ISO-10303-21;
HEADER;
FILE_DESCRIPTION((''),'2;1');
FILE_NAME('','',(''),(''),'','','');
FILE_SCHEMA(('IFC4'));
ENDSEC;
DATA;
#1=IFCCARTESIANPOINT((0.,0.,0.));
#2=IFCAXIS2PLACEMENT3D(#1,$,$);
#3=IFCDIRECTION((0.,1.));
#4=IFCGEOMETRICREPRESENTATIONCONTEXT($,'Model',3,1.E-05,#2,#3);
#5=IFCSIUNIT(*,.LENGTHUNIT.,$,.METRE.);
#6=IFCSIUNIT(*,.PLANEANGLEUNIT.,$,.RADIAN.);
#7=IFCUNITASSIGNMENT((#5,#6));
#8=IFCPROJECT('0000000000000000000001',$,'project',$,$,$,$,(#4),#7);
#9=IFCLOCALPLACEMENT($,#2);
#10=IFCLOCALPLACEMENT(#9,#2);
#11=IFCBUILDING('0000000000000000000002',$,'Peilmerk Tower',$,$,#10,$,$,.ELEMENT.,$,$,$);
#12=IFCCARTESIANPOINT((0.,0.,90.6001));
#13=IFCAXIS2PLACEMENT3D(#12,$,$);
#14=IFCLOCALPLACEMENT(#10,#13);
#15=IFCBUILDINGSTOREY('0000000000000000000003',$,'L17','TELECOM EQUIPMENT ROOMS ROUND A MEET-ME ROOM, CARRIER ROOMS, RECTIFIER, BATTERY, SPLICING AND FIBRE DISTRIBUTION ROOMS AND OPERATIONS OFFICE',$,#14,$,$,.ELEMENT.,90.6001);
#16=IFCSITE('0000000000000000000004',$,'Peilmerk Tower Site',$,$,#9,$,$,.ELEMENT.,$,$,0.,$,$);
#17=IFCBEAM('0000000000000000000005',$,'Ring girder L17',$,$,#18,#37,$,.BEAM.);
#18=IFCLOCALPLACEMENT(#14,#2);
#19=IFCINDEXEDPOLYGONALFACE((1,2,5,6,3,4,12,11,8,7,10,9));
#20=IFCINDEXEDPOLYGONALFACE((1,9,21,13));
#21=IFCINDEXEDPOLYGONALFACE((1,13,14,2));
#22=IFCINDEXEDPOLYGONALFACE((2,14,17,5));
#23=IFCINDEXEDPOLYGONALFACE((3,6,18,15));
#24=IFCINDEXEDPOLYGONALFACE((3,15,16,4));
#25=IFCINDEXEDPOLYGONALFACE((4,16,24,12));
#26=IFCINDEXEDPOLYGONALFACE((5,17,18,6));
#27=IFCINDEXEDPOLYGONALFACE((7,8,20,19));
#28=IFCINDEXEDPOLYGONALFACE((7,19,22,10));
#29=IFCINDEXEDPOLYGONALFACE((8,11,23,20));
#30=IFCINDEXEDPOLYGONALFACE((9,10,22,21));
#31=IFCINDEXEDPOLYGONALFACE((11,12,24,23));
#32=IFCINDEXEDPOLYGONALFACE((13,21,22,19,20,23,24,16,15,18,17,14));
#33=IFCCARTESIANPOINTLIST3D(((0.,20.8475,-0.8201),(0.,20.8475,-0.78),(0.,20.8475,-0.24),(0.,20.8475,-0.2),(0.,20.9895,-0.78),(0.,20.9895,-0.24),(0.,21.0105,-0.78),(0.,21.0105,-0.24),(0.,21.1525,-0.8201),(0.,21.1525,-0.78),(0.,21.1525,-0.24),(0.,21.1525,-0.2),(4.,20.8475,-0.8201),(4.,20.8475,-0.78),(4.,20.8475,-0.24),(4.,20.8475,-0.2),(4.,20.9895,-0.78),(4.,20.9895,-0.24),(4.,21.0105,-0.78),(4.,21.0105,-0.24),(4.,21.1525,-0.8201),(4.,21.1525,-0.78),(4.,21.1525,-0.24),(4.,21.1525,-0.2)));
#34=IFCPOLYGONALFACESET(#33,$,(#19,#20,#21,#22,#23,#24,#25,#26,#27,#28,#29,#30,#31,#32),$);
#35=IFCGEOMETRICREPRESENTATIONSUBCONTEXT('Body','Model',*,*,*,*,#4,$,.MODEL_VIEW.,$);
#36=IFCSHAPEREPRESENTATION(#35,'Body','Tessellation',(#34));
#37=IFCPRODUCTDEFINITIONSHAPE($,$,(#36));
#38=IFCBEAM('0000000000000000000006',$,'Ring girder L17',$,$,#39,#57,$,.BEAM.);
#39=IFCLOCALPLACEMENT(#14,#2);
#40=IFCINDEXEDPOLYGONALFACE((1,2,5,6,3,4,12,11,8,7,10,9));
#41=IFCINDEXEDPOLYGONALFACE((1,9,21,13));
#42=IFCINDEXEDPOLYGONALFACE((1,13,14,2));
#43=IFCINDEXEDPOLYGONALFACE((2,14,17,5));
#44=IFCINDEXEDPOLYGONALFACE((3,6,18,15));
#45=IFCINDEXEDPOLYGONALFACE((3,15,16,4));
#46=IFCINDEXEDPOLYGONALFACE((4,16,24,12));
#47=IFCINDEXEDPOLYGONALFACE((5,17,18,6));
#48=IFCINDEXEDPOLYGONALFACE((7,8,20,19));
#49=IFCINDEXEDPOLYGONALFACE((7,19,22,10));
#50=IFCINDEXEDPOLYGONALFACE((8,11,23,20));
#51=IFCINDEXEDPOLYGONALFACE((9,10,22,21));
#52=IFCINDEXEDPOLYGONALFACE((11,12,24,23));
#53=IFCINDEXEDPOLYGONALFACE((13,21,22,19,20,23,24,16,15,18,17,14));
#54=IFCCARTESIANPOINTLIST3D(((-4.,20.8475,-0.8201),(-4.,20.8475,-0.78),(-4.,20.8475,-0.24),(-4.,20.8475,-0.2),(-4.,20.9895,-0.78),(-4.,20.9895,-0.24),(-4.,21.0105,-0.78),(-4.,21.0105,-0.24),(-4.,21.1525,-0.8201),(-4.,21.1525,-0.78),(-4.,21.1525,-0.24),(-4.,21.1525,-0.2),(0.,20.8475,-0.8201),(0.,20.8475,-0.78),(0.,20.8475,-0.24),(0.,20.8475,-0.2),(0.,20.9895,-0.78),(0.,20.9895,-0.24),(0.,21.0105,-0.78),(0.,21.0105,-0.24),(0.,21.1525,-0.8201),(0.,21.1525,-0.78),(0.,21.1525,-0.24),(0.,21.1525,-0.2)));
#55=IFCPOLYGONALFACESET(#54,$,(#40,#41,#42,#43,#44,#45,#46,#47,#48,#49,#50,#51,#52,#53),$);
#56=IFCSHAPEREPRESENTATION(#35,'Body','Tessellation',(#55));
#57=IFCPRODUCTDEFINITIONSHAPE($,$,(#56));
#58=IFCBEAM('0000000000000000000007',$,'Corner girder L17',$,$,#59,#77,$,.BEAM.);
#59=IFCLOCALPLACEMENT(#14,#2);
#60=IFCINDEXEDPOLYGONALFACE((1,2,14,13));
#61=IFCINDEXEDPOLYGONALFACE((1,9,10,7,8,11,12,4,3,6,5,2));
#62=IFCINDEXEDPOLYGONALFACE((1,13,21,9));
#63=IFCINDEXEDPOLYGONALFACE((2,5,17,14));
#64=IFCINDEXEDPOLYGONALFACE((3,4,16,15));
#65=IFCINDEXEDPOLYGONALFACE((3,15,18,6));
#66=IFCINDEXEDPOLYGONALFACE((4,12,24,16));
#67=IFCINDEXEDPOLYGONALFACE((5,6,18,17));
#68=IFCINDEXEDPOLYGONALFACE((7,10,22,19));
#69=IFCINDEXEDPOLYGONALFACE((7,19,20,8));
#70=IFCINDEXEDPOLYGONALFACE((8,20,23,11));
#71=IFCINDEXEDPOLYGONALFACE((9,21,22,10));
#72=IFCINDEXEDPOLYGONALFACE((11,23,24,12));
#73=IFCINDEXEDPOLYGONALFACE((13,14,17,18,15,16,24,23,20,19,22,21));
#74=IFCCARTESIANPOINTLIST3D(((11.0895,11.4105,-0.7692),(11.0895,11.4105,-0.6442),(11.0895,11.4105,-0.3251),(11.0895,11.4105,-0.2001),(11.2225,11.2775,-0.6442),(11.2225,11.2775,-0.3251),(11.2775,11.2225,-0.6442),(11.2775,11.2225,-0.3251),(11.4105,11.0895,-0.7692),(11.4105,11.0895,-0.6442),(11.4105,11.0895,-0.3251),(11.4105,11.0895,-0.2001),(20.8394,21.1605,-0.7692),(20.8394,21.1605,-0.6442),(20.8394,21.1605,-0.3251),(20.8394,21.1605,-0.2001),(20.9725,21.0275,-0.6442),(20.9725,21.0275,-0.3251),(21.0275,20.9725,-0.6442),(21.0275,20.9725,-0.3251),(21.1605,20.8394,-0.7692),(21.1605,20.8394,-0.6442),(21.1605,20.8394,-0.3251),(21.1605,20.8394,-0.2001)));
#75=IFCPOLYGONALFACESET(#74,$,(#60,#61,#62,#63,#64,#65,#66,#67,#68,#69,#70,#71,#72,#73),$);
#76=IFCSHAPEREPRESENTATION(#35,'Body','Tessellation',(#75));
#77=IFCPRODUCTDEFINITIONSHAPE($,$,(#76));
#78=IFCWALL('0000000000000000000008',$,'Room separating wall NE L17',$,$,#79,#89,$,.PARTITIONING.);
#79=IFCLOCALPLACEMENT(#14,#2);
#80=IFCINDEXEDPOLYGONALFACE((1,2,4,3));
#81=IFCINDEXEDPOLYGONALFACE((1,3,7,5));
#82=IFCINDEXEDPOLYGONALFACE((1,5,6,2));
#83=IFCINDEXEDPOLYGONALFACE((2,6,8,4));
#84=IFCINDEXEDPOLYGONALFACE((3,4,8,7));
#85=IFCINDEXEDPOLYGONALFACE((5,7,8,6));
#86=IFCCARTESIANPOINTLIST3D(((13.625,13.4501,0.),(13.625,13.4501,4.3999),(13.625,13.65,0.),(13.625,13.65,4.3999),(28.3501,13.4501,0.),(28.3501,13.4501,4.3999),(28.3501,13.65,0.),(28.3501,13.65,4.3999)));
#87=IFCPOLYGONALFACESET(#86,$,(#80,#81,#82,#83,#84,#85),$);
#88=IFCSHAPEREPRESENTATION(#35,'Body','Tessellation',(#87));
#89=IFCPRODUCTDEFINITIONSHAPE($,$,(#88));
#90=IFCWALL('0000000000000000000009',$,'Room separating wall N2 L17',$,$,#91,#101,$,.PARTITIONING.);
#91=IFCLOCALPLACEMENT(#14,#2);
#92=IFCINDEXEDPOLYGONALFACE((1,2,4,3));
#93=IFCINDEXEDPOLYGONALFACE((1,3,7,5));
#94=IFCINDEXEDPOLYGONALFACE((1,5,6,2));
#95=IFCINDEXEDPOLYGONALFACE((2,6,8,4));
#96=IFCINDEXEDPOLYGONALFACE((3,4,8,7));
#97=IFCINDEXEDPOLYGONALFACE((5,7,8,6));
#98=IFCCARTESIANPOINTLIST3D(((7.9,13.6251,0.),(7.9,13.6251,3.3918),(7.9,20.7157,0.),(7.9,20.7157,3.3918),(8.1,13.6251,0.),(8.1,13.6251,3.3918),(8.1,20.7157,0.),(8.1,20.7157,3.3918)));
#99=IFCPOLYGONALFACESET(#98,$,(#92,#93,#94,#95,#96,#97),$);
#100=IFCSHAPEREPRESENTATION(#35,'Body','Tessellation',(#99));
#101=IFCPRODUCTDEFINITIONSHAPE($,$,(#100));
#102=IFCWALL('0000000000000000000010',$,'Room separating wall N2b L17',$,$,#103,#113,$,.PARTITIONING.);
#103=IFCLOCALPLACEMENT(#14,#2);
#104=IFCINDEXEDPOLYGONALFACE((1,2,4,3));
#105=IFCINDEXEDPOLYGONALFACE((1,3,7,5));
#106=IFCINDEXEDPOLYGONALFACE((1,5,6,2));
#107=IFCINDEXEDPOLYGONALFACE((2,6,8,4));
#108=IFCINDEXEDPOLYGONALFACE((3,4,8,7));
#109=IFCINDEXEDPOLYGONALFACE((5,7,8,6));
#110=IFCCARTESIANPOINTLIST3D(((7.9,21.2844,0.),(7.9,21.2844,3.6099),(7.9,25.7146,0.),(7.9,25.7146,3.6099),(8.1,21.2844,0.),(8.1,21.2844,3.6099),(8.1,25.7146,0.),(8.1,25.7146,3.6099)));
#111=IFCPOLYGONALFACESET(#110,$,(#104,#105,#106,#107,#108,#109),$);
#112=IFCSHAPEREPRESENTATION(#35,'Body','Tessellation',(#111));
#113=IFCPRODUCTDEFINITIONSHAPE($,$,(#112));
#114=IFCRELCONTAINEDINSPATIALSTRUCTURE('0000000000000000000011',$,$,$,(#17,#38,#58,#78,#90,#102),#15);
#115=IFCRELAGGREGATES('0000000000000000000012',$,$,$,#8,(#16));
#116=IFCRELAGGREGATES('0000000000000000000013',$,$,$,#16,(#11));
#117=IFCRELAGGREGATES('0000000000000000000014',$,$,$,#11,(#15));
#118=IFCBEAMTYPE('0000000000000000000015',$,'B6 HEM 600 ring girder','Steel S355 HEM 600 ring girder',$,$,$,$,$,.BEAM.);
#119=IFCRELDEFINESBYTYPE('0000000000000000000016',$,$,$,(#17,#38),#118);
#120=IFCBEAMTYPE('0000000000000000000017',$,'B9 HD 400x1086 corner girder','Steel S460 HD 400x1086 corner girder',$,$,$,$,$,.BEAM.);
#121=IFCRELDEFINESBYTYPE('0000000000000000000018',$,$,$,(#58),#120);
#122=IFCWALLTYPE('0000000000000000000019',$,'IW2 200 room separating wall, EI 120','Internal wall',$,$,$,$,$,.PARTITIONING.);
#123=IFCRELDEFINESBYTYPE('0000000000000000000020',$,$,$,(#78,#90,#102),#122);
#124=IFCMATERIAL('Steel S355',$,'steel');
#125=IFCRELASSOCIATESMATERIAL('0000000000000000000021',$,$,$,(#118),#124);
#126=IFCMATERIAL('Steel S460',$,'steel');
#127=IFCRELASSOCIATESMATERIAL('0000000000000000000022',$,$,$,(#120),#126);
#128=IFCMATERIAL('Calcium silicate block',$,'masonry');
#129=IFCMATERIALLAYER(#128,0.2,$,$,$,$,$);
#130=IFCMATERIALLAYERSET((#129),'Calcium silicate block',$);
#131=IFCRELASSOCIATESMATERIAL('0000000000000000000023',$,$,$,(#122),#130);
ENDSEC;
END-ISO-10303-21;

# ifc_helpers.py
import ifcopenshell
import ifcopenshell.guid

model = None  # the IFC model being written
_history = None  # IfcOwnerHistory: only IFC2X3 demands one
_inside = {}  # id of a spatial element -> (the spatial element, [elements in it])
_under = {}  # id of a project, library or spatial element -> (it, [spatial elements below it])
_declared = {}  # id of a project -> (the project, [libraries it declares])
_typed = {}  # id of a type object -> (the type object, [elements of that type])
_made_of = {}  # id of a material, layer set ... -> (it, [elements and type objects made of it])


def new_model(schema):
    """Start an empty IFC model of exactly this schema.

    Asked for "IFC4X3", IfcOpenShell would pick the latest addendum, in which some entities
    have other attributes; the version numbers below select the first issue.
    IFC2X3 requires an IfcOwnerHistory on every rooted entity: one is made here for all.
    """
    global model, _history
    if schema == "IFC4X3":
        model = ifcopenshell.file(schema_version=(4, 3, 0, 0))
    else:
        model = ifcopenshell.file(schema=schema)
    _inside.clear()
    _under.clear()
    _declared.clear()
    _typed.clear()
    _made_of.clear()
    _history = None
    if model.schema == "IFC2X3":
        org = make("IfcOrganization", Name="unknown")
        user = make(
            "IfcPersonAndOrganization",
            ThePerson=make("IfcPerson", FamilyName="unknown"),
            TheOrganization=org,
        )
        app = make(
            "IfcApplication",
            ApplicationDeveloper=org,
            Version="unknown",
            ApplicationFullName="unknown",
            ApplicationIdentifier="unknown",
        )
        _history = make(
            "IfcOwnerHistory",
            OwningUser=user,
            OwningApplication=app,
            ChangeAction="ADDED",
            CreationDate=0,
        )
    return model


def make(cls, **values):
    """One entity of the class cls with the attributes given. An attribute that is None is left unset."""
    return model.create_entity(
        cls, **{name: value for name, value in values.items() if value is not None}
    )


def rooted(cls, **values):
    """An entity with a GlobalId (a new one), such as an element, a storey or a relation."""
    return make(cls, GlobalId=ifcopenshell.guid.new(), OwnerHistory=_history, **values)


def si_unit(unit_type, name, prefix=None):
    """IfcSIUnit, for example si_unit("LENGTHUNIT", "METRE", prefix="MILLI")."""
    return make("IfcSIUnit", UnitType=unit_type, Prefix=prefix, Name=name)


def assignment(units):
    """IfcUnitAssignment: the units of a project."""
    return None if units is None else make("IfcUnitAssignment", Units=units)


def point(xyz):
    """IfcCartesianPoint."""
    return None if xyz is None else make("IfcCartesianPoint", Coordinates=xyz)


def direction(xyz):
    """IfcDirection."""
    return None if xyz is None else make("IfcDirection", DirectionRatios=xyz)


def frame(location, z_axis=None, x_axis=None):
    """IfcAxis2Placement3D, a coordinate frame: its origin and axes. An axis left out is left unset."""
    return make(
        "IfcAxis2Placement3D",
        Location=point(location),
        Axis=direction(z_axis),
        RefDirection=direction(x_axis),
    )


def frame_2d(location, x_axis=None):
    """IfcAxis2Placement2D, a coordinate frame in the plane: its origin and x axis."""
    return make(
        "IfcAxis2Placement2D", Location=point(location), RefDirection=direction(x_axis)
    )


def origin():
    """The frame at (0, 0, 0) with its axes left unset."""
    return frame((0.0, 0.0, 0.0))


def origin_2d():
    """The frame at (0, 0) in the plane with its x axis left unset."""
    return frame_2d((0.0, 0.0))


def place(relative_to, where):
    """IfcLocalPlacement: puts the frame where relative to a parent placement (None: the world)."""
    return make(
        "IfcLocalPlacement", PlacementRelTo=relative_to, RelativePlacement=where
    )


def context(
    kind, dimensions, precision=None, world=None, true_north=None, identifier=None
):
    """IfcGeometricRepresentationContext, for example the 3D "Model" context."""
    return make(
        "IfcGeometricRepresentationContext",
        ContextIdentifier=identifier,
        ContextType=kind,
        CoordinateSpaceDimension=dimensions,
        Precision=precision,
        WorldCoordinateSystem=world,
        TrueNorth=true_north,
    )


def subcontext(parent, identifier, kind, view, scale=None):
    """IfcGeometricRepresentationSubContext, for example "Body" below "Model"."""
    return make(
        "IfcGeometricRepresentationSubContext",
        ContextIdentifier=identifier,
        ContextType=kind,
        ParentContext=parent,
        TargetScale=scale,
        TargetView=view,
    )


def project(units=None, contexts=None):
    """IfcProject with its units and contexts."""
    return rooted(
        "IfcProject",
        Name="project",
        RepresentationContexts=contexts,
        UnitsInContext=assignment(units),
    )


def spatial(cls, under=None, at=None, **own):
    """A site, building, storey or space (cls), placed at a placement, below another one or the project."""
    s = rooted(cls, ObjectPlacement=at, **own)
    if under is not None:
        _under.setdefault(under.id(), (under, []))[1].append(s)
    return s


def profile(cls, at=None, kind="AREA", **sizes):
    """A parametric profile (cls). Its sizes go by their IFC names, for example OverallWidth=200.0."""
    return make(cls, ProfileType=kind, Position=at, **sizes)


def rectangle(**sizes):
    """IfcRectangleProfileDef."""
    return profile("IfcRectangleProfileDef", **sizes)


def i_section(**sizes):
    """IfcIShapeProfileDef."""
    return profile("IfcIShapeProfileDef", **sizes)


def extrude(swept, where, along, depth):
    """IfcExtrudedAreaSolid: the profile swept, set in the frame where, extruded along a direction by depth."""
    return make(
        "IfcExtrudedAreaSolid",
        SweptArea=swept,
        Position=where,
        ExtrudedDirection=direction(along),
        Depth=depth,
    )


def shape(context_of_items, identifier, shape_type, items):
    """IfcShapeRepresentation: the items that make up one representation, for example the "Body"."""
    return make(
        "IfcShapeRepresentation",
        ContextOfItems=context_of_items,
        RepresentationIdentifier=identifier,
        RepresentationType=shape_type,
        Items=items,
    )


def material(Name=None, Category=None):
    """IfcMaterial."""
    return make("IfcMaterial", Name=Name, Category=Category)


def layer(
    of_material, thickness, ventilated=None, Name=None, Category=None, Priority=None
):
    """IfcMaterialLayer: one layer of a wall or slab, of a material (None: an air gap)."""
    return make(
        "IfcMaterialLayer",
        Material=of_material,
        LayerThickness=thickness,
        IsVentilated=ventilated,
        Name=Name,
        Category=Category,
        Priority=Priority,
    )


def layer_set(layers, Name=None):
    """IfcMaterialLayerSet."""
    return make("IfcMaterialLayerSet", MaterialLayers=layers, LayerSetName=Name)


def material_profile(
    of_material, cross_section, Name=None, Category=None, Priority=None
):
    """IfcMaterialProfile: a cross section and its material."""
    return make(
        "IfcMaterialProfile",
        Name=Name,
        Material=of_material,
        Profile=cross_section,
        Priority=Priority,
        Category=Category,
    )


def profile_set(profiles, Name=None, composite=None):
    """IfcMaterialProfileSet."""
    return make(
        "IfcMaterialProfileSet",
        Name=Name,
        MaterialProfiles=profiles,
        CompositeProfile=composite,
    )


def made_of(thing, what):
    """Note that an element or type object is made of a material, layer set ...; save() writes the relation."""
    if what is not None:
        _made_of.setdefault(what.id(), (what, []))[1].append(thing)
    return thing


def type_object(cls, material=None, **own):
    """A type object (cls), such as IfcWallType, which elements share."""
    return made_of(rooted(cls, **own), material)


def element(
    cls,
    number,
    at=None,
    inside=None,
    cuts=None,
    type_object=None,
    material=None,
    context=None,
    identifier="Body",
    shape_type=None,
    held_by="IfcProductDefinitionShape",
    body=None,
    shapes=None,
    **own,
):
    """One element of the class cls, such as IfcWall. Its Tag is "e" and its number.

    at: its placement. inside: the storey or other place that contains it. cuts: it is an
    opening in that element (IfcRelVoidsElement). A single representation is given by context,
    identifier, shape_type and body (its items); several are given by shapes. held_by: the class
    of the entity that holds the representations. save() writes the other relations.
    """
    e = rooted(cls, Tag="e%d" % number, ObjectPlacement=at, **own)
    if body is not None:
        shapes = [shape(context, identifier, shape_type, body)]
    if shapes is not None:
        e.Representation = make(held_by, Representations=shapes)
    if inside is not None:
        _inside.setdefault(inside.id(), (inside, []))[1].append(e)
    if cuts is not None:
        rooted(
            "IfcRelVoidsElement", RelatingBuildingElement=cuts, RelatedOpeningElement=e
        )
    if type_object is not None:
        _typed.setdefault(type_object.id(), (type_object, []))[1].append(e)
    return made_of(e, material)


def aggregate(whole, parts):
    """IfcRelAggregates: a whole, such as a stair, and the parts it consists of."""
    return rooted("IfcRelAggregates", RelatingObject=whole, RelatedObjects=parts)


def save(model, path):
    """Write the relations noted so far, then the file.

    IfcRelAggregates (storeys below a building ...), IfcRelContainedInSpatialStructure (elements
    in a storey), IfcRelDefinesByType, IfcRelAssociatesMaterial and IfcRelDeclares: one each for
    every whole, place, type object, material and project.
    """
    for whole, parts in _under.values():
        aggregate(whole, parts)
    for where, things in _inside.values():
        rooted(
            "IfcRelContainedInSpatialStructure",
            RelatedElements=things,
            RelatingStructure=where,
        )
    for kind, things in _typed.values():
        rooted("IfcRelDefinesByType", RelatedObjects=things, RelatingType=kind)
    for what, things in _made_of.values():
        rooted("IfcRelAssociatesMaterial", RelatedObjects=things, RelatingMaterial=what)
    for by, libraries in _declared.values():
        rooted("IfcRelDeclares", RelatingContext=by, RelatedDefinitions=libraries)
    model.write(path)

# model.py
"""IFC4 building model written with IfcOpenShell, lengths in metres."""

from ifc_helpers import new_model, si_unit, direction, frame, frame_2d, origin, origin_2d, place, context, subcontext, project, spatial, rectangle, i_section, extrude, material, layer, layer_set, material_profile, profile_set, type_object, element, save


model = new_model("IFC4")

# Units and contexts
model_context = context("Model", 3, precision=1e-05, world=origin(), true_north=direction((0.0, 1.0)))
body_context = subcontext(model_context, "Body", "Model", "MODEL_VIEW")
ifc_project = project(units=[si_unit("LENGTHUNIT", "METRE"), si_unit("PLANEANGLEUNIT", "RADIAN")], contexts=[model_context])

# Site, building, storey
site_placement = place(None, origin())
site = spatial("IfcSite", under=ifc_project, at=site_placement, Name="Peilmerk Tower Site", CompositionType="ELEMENT", RefElevation=0.0)
building_placement = place(site_placement, origin())
building = spatial("IfcBuilding", under=site, at=building_placement, Name="Peilmerk Tower", CompositionType="ELEMENT")
storey_placement = place(building_placement, frame((0.0, 0.0, 90.6001)))
storey = spatial("IfcBuildingStorey", under=building, at=storey_placement, Name="L17", Description="TELECOM EQUIPMENT ROOMS ROUND A MEET-ME ROOM, CARRIER ROOMS, RECTIFIER, BATTERY, SPLICING AND FIBRE DISTRIBUTION ROOMS AND OPERATIONS OFFICE", CompositionType="ELEMENT", Elevation=90.6001)

# Shared definitions
ifc_material_1 = material(Name="Steel S460", Category="steel")

# Beams
ifc_material_2 = material(Name="Steel S355", Category="steel")
ifc_material_profile_1 = material_profile(ifc_material_2, i_section(OverallWidth=0.3049, OverallDepth=0.6201, WebThickness=0.021, FlangeThickness=0.04, at=origin_2d()), Name="HEM 600")
ifc_profile_set_1 = profile_set([ifc_material_profile_1], Name="Steel S355")
beam_type_1 = type_object("IfcBeamType", Name="B6 HEM 600 ring girder", Description="Steel S355 HEM 600 ring girder", PredefinedType="BEAM", material=ifc_profile_set_1)
for number, where, z_axis, x_axis, name in (
    (1, (4.0, 21.0, -0.51), (-1.0, 0.0, 0.0), (0.0, -1.0, 0.0), "Ring girder L17"),
    (2, (0.0, 21.0, -0.51), (-1.0, 0.0, 0.0), (0.0, -1.0, 0.0), "Ring girder L17"),
):
    element("IfcBeam", number, at=place(storey_placement, frame(where, z_axis=z_axis, x_axis=x_axis)), inside=storey, type_object=beam_type_1, Name=name, PredefinedType="BEAM", context=body_context, shape_type="SweptSolid", body=[
        extrude(i_section(OverallWidth=0.3049, OverallDepth=0.6201, WebThickness=0.021, FlangeThickness=0.04, at=origin_2d()), origin(), (0.0, 0.0, 1.0), 4.0),
    ])
ifc_material_profile_2 = material_profile(ifc_material_1, i_section(OverallWidth=0.4541, OverallDepth=0.5691, WebThickness=0.0779, FlangeThickness=0.125, at=origin_2d()), Name="HD 400x1086")
ifc_profile_set_2 = profile_set([ifc_material_profile_2], Name="Steel S460")
beam_type_2 = type_object("IfcBeamType", Name="B9 HD 400x1086 corner girder", Description="Steel S460 HD 400x1086 corner girder", PredefinedType="BEAM", material=ifc_profile_set_2)
beam_1_placement = place(storey_placement, frame((11.25, 11.25, -0.4846), z_axis=(0.707107, 0.707107, 0.0), x_axis=(-0.707107, 0.707107, 0.0)))
element("IfcBeam", 3, at=beam_1_placement, inside=storey, type_object=beam_type_2, Name="Corner girder L17", PredefinedType="BEAM", context=body_context, shape_type="SweptSolid", body=[
    extrude(i_section(OverallWidth=0.4541, OverallDepth=0.5691, WebThickness=0.0779, FlangeThickness=0.125, at=origin_2d()), origin(), (0.0, 0.0, 1.0), 13.7886),
])

# Walls
ifc_material_3 = material(Name="Calcium silicate block", Category="masonry")
ifc_layer = layer(ifc_material_3, 0.2)
ifc_layer_set = layer_set([ifc_layer], Name="Calcium silicate block")
wall_type = type_object("IfcWallType", Name="IW2 200 room separating wall, EI 120", Description="Internal wall", PredefinedType="PARTITIONING", material=ifc_layer_set)
wall_1_placement = place(storey_placement, frame((13.625, 13.55, 0.0), z_axis=(0.0, 0.0, 1.0), x_axis=(1.0, 0.0, 0.0)))
element("IfcWall", 4, at=wall_1_placement, inside=storey, type_object=wall_type, Name="Room separating wall NE L17", PredefinedType="PARTITIONING", context=body_context, shape_type="SweptSolid", body=[
    extrude(rectangle(XDim=14.7251, YDim=0.2, at=frame_2d((7.3625, 0.0))), origin(), (0.0, 0.0, 1.0), 4.3999),
])
wall_2_placement = place(storey_placement, frame((8.0, 13.625, 0.0), z_axis=(0.0, 0.0, 1.0), x_axis=(0.0, 1.0, 0.0)))
element("IfcWall", 5, at=wall_2_placement, inside=storey, type_object=wall_type, Name="Room separating wall N2 L17", PredefinedType="PARTITIONING", context=body_context, shape_type="SweptSolid", body=[
    extrude(rectangle(XDim=7.0906, YDim=0.2, at=frame_2d((3.5454, 0.0))), origin(), (0.0, 0.0, 1.0), 3.3918),
])
wall_3_placement = place(storey_placement, frame((8.0, 21.2844, 0.0), z_axis=(0.0, 0.0, 1.0), x_axis=(0.0, 1.0, 0.0)))
element("IfcWall", 6, at=wall_3_placement, inside=storey, type_object=wall_type, Name="Room separating wall N2b L17", PredefinedType="PARTITIONING", context=body_context, shape_type="SweptSolid", body=[
    extrude(rectangle(XDim=4.4302, YDim=0.2, at=frame_2d((2.2151, 0.0))), origin(), (0.0, 0.0, 1.0), 3.6099),
])

save(model, "model.ifc")
